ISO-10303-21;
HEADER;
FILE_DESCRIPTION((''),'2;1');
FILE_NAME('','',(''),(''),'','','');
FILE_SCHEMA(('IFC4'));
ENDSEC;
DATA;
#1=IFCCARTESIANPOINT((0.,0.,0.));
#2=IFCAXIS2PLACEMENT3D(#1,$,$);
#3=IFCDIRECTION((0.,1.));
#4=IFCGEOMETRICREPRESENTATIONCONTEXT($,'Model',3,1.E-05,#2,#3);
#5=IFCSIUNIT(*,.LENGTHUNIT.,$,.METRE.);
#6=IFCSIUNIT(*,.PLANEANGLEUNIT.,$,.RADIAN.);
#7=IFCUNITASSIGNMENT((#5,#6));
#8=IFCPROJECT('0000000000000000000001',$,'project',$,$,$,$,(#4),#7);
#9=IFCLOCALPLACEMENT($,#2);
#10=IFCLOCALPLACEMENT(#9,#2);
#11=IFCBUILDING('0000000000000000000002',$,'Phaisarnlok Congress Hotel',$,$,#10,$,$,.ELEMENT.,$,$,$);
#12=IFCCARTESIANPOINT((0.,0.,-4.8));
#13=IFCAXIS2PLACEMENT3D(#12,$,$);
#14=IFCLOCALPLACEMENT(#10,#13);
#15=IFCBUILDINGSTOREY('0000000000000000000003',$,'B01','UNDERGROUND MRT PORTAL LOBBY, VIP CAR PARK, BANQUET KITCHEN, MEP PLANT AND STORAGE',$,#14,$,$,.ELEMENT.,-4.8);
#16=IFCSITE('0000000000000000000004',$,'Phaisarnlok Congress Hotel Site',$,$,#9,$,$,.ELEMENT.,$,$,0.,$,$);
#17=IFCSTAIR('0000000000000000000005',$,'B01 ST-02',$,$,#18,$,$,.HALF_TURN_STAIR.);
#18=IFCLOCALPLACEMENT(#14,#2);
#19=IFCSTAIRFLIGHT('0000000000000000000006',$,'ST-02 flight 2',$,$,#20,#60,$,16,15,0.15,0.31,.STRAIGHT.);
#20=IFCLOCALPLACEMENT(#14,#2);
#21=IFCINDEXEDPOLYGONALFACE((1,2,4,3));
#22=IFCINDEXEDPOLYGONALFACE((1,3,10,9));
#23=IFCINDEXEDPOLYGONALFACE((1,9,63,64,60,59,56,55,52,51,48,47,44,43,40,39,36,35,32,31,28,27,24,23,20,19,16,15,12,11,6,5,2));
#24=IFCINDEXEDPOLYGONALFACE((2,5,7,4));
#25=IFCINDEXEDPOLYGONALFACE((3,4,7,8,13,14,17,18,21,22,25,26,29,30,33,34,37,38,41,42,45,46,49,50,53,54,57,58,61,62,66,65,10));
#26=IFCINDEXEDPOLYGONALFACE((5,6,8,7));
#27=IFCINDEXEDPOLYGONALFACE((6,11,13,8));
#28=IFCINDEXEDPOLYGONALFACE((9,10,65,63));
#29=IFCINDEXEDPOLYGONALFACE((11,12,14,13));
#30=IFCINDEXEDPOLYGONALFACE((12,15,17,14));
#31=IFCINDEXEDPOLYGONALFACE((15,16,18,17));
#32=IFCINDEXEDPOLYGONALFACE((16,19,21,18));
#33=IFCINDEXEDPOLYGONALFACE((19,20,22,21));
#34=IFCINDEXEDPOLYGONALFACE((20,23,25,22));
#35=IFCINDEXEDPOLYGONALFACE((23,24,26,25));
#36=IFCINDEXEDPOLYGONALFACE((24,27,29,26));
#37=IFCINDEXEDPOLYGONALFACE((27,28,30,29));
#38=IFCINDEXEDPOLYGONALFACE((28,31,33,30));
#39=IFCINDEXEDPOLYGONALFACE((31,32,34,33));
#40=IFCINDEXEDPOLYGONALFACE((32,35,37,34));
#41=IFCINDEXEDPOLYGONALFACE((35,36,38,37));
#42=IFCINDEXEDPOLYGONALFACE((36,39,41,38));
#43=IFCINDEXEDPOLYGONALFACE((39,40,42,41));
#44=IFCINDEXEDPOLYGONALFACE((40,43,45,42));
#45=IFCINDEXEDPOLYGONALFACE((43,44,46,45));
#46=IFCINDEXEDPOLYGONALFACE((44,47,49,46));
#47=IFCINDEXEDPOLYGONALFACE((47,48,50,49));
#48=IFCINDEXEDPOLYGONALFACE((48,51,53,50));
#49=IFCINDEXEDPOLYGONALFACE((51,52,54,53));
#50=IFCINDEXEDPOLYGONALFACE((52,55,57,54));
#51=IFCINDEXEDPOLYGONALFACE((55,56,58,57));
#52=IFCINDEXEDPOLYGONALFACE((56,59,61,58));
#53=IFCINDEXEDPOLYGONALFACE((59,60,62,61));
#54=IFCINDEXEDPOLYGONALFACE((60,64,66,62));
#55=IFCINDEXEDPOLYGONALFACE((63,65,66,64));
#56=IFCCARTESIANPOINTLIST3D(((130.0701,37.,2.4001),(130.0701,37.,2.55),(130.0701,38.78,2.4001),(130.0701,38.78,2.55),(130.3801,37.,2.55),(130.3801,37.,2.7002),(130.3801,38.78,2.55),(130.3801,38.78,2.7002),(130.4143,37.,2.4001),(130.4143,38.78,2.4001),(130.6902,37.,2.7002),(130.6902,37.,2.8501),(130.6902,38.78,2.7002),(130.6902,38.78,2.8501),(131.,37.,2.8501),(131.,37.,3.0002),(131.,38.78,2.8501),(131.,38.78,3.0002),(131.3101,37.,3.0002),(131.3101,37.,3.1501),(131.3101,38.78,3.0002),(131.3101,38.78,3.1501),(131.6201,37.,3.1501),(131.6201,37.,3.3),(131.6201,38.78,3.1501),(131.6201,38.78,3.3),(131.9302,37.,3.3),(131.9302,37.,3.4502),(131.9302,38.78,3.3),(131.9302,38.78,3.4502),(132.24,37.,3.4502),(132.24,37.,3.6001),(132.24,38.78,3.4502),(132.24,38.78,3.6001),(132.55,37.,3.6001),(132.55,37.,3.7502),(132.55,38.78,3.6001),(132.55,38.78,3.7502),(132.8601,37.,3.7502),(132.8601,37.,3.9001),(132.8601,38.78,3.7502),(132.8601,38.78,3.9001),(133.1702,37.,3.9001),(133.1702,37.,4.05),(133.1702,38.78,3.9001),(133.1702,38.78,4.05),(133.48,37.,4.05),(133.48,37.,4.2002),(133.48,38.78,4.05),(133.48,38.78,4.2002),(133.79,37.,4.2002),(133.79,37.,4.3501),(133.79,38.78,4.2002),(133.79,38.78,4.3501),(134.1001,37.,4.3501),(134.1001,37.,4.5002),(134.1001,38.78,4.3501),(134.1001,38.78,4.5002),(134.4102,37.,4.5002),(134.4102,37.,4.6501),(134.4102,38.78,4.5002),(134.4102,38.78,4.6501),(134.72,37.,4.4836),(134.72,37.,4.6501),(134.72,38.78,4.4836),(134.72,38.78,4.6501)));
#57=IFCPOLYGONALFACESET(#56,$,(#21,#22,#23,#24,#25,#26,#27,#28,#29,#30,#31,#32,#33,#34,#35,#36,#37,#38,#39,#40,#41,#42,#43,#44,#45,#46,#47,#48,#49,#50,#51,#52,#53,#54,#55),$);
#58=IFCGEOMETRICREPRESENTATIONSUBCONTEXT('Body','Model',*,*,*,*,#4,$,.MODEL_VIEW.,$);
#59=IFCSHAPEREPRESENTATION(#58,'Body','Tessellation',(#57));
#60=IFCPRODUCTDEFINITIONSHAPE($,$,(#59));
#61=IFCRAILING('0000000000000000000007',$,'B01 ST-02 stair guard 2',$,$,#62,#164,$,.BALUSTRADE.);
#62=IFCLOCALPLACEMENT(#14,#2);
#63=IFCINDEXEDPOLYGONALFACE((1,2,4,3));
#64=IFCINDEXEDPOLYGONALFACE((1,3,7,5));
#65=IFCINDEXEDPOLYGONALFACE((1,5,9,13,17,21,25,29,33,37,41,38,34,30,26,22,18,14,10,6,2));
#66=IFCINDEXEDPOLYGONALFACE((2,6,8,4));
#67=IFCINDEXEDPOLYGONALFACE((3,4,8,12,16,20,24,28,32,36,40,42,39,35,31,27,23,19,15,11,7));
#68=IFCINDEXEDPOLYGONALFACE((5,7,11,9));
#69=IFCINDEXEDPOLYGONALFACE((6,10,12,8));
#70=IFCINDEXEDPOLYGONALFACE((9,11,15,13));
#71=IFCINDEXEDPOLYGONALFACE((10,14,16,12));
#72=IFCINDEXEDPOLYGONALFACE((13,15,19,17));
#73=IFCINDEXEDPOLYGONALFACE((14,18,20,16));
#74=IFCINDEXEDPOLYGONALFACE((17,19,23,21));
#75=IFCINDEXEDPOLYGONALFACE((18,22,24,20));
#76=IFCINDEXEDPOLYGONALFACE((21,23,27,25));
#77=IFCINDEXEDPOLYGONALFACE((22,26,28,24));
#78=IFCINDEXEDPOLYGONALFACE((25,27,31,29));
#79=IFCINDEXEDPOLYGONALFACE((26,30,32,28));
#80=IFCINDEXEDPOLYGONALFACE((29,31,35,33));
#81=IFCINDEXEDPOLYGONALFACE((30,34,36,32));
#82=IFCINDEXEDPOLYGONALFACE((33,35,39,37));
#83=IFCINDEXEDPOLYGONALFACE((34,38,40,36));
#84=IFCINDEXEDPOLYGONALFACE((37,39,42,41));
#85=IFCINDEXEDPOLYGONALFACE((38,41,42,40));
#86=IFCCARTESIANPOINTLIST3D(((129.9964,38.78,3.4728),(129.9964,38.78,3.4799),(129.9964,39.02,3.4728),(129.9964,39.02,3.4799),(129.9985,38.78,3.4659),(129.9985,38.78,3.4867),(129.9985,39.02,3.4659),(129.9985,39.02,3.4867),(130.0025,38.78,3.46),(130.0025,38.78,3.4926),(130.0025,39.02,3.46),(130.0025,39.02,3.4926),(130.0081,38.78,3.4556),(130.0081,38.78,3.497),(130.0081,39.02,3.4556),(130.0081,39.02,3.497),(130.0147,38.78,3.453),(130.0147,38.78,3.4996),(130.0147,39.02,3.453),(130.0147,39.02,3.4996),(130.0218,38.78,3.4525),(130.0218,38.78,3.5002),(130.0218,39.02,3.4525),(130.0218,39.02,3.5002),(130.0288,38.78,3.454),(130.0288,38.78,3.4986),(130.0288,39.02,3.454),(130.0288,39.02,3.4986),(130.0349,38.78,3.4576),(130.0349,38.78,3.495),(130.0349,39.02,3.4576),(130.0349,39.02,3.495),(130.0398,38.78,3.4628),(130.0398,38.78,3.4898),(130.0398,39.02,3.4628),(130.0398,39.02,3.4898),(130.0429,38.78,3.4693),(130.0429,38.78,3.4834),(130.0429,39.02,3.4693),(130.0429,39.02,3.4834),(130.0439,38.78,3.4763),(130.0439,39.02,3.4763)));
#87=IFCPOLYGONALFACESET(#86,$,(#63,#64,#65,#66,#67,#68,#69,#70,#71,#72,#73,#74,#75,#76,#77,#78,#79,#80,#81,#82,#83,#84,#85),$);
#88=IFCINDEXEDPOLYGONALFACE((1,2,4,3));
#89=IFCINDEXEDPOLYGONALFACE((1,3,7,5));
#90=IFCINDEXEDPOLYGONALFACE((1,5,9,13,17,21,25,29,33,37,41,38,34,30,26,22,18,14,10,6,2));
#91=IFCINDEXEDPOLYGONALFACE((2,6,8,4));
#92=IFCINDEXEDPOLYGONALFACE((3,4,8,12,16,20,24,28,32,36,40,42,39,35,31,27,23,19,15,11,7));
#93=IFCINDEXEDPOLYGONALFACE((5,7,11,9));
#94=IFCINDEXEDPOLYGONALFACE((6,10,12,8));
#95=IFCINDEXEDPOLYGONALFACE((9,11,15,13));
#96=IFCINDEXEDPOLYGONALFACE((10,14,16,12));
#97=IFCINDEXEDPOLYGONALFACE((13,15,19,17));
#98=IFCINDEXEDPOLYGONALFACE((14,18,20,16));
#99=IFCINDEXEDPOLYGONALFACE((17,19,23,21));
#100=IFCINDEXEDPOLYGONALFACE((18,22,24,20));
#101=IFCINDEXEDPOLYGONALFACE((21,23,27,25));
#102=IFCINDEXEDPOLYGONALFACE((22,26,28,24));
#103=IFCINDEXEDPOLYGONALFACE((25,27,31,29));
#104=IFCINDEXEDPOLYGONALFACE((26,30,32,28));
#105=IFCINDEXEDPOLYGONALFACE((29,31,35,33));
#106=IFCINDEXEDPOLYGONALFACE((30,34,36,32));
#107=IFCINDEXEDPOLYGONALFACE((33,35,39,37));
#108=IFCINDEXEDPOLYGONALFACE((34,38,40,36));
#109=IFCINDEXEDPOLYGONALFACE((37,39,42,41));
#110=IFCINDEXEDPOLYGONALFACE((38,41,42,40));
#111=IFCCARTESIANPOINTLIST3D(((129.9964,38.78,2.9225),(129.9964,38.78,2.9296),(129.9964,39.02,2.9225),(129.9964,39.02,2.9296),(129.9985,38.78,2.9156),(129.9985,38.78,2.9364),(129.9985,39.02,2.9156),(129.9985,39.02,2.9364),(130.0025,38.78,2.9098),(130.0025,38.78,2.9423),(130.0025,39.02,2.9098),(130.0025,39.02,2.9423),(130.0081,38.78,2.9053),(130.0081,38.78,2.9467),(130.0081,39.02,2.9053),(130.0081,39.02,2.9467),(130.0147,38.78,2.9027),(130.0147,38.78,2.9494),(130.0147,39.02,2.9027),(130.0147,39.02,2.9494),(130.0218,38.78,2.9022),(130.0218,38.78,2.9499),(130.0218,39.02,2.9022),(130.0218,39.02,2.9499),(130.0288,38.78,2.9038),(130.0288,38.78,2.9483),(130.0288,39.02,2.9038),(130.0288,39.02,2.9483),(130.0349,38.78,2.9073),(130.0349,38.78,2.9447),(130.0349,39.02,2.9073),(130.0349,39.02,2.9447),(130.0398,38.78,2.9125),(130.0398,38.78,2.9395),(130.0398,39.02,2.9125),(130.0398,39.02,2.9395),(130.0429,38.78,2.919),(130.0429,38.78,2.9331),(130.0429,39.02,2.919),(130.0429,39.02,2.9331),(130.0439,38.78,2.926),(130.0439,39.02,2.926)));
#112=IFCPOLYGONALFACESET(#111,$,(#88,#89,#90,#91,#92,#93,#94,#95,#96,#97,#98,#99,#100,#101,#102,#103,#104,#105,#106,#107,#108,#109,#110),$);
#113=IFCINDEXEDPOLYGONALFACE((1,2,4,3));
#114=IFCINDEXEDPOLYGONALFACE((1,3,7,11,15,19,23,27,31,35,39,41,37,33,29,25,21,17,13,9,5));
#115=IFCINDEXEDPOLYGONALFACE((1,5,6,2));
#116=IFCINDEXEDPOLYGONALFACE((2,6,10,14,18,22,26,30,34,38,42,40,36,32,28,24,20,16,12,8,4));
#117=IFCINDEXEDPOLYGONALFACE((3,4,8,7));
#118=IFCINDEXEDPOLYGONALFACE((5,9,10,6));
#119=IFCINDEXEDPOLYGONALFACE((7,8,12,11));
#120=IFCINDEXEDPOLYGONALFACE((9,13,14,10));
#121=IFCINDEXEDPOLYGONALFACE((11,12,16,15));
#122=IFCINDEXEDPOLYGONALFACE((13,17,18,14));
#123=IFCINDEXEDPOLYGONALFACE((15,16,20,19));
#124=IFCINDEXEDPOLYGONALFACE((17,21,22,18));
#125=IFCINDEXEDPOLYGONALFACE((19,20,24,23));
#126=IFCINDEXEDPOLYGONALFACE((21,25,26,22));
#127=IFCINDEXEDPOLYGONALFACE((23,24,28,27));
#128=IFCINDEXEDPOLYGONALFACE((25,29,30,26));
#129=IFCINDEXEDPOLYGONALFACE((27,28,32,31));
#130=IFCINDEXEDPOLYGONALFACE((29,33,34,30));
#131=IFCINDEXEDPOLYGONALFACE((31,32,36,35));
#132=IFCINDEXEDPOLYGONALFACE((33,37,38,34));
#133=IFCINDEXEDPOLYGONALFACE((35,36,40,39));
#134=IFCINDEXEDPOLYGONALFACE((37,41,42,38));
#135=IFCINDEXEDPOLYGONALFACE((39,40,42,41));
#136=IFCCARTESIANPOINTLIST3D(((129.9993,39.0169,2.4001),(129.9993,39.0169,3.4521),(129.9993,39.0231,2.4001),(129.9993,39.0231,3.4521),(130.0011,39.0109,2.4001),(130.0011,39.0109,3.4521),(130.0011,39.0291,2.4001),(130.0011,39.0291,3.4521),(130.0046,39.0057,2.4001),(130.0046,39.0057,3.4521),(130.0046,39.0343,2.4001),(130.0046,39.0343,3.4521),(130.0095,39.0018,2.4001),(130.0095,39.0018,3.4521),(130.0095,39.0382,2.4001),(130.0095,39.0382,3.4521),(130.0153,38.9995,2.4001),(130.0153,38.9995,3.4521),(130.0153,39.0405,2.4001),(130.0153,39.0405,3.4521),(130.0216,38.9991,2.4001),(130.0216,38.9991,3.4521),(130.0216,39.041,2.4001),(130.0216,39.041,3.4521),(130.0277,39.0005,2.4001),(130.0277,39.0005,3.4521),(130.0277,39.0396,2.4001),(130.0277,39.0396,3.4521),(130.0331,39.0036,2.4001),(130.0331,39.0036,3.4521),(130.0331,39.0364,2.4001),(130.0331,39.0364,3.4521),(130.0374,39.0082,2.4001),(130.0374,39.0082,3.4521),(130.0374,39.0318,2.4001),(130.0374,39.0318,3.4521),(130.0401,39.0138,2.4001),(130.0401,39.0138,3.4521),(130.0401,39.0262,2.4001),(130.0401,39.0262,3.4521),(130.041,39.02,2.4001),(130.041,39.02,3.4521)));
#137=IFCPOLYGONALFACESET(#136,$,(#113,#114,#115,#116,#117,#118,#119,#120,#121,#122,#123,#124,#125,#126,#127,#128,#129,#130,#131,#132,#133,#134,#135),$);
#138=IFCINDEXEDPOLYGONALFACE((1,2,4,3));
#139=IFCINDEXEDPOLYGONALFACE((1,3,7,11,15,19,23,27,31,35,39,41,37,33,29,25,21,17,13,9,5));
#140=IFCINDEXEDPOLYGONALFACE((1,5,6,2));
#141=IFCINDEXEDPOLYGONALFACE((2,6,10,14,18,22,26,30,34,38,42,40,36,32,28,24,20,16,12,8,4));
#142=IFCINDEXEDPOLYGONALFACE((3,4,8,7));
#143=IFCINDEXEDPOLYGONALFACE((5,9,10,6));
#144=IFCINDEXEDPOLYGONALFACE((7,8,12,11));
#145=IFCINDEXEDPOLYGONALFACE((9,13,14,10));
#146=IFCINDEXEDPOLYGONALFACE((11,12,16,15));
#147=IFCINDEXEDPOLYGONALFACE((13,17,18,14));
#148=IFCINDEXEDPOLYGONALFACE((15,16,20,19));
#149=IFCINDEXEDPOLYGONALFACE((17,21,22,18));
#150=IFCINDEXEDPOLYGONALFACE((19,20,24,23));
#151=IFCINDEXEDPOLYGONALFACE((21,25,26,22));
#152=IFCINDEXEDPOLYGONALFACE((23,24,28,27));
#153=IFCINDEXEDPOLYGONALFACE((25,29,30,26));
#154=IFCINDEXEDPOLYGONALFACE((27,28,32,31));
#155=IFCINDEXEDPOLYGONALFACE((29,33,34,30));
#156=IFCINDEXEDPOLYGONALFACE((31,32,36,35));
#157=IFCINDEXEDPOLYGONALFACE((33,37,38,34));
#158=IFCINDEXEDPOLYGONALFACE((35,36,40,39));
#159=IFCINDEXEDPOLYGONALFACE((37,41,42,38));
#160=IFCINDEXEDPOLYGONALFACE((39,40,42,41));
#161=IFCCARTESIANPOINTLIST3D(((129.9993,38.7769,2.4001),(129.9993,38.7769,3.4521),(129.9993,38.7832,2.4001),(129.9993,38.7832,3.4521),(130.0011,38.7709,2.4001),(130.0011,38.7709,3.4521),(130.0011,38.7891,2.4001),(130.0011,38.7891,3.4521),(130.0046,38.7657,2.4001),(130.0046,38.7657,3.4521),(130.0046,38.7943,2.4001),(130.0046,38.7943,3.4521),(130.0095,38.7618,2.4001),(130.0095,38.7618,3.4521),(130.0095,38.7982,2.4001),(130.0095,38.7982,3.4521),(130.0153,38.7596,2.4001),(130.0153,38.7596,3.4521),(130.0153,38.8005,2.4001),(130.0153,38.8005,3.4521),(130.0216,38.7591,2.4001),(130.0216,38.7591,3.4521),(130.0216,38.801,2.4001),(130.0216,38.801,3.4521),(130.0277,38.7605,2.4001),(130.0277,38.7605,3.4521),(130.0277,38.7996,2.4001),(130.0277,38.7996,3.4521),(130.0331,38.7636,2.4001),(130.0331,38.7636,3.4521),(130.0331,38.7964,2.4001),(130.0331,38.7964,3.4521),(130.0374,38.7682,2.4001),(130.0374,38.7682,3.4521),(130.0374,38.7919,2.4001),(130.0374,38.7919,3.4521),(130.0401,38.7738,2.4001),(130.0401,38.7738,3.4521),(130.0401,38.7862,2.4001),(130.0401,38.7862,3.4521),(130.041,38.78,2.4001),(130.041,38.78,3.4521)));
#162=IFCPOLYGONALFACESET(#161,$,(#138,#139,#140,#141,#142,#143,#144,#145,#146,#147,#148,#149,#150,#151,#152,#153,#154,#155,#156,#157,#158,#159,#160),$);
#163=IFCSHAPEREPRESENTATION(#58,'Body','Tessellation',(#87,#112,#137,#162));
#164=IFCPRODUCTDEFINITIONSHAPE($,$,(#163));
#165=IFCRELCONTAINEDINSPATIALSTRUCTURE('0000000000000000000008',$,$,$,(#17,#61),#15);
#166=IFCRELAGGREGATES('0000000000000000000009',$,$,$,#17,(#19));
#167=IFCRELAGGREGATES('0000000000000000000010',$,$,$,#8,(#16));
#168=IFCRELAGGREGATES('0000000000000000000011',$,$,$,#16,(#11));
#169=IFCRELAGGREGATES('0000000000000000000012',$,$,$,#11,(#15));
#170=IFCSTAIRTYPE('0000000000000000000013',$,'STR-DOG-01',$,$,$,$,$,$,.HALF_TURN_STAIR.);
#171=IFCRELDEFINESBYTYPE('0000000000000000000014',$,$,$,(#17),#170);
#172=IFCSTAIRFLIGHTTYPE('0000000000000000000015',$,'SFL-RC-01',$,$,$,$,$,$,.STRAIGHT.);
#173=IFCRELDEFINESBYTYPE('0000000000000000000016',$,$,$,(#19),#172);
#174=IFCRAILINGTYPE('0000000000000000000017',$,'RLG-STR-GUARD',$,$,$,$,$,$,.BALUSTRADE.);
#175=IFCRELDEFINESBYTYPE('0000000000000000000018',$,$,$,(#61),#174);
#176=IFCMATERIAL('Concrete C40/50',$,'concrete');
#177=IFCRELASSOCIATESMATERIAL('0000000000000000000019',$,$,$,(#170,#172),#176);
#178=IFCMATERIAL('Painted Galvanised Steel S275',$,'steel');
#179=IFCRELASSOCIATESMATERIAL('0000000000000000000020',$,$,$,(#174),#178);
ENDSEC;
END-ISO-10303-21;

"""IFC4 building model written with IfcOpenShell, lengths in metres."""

from ifc_helpers import new_model, si_unit, direction, frame, origin, origin_2d, place, context, subcontext, project, spatial, polyline, circle, outline, extrude, material, type_object, element, aggregate, save


model = new_model("IFC4")

# Units and contexts
model_context = context("Model", 3, precision=1e-05, world=origin(), true_north=direction((0.0, 1.0)))
body_context = subcontext(model_context, "Body", "Model", "MODEL_VIEW")
ifc_project = project(units=[si_unit("LENGTHUNIT", "METRE"), si_unit("PLANEANGLEUNIT", "RADIAN")], contexts=[model_context])

# Site, building, storey
site_placement = place(None, origin())
site = spatial("IfcSite", under=ifc_project, at=site_placement, Name="Phaisarnlok Congress Hotel Site", CompositionType="ELEMENT", RefElevation=0.0)
building_placement = place(site_placement, origin())
building = spatial("IfcBuilding", under=site, at=building_placement, Name="Phaisarnlok Congress Hotel", CompositionType="ELEMENT")
storey_placement = place(building_placement, frame((0.0, 0.0, -4.8)))
storey = spatial("IfcBuildingStorey", under=building, at=storey_placement, Name="B01", Description="UNDERGROUND MRT PORTAL LOBBY, VIP CAR PARK, BANQUET KITCHEN, MEP PLANT AND STORAGE", CompositionType="ELEMENT", Elevation=-4.8)

# Shared definitions
ifc_material_1 = material(Name="Concrete C40/50", Category="concrete")

# Stair, stair flight
stair_type = type_object("IfcStairType", Name="STR-DOG-01", PredefinedType="HALF_TURN_STAIR", material=ifc_material_1)
stair_placement = place(storey_placement, origin())
stair = element("IfcStair", 1, at=stair_placement, inside=storey, type_object=stair_type, Name="B01 ST-02", PredefinedType="HALF_TURN_STAIR")
stair_flight_type = type_object("IfcStairFlightType", Name="SFL-RC-01", PredefinedType="STRAIGHT", material=ifc_material_1)
stair_flight_placement = place(storey_placement, frame((130.0701, 37.8899, 2.4001), z_axis=(0.0, 0.0, 1.0), x_axis=(1.0, 0.0, 0.0)))
stair_flight = element("IfcStairFlight", 2, at=stair_flight_placement, type_object=stair_flight_type, Name="ST-02 flight 2", NumberOfRisers=16, NumberOfTreads=15, PredefinedType="STRAIGHT", RiserHeight=0.15, TreadLength=0.31, context=body_context, shape_type="SweptSolid", body=[
    extrude(outline(polyline([(0.0, 0.0), (0.0, 0.1499), (0.3101, 0.1499), (0.3101, 0.3), (0.6201, 0.3), (0.6201, 0.45), (0.9299, 0.45), (0.9299, 0.6001), (1.24, 0.6001), (1.24, 0.75), (1.55, 0.75), (1.55, 0.8999), (1.8601, 0.8999), (1.8601, 1.05), (2.1699, 1.05), (2.1699, 1.2), (2.48, 1.2), (2.48, 1.3501), (2.79, 1.3501), (2.79, 1.5), (3.1001, 1.5), (3.1001, 1.6499), (3.4099, 1.6499), (3.4099, 1.8), (3.72, 1.8), (3.72, 1.95), (4.03, 1.95), (4.03, 2.1001), (4.3401, 2.1001), (4.3401, 2.25), (4.6499, 2.25), (4.6499, 2.3999), (4.6499, 2.0835), (0.3442, 0.0), (0.0, 0.0)])), frame((0.0, 0.8901, 0.0), z_axis=(0.0, -1.0, 0.0), x_axis=(1.0, 0.0, 0.0)), (0.0, 0.0, 1.0), 1.78),
])
aggregate(stair, [stair_flight])

# Railing
ifc_material_2 = material(Name="Painted Galvanised Steel S275", Category="steel")
railing_type_1 = type_object("IfcRailingType", Name="RLG-STR-GUARD", PredefinedType="BALUSTRADE", material=ifc_material_2)
railing_1_placement = place(storey_placement, frame((130.02, 39.02, 2.4001)))
element("IfcRailing", 3, at=railing_1_placement, inside=storey, type_object=railing_type_1, Name="B01 ST-02 stair guard 2", PredefinedType="BALUSTRADE", context=body_context, shape_type="SweptSolid", body=[
    extrude(circle(Radius=0.0239, at=origin_2d()), frame((0.0, 0.0, 1.0762), z_axis=(0.0, -1.0, 0.0), x_axis=(1.0, 0.0, 0.0)), (0.0, 0.0, 1.0), 0.24),
    extrude(circle(Radius=0.0239, at=origin_2d()), frame((0.0, 0.0, 0.5259), z_axis=(0.0, -1.0, 0.0), x_axis=(1.0, 0.0, 0.0)), (0.0, 0.0, 1.0), 0.24),
    extrude(circle(Radius=0.021, at=origin_2d()), origin(), (0.0, 0.0, 1.0), 1.052),
    extrude(circle(Radius=0.021, at=origin_2d()), frame((0.0, -0.24, 0.0)), (0.0, 0.0, 1.0), 1.052),
])

save(model, "model.ifc")
